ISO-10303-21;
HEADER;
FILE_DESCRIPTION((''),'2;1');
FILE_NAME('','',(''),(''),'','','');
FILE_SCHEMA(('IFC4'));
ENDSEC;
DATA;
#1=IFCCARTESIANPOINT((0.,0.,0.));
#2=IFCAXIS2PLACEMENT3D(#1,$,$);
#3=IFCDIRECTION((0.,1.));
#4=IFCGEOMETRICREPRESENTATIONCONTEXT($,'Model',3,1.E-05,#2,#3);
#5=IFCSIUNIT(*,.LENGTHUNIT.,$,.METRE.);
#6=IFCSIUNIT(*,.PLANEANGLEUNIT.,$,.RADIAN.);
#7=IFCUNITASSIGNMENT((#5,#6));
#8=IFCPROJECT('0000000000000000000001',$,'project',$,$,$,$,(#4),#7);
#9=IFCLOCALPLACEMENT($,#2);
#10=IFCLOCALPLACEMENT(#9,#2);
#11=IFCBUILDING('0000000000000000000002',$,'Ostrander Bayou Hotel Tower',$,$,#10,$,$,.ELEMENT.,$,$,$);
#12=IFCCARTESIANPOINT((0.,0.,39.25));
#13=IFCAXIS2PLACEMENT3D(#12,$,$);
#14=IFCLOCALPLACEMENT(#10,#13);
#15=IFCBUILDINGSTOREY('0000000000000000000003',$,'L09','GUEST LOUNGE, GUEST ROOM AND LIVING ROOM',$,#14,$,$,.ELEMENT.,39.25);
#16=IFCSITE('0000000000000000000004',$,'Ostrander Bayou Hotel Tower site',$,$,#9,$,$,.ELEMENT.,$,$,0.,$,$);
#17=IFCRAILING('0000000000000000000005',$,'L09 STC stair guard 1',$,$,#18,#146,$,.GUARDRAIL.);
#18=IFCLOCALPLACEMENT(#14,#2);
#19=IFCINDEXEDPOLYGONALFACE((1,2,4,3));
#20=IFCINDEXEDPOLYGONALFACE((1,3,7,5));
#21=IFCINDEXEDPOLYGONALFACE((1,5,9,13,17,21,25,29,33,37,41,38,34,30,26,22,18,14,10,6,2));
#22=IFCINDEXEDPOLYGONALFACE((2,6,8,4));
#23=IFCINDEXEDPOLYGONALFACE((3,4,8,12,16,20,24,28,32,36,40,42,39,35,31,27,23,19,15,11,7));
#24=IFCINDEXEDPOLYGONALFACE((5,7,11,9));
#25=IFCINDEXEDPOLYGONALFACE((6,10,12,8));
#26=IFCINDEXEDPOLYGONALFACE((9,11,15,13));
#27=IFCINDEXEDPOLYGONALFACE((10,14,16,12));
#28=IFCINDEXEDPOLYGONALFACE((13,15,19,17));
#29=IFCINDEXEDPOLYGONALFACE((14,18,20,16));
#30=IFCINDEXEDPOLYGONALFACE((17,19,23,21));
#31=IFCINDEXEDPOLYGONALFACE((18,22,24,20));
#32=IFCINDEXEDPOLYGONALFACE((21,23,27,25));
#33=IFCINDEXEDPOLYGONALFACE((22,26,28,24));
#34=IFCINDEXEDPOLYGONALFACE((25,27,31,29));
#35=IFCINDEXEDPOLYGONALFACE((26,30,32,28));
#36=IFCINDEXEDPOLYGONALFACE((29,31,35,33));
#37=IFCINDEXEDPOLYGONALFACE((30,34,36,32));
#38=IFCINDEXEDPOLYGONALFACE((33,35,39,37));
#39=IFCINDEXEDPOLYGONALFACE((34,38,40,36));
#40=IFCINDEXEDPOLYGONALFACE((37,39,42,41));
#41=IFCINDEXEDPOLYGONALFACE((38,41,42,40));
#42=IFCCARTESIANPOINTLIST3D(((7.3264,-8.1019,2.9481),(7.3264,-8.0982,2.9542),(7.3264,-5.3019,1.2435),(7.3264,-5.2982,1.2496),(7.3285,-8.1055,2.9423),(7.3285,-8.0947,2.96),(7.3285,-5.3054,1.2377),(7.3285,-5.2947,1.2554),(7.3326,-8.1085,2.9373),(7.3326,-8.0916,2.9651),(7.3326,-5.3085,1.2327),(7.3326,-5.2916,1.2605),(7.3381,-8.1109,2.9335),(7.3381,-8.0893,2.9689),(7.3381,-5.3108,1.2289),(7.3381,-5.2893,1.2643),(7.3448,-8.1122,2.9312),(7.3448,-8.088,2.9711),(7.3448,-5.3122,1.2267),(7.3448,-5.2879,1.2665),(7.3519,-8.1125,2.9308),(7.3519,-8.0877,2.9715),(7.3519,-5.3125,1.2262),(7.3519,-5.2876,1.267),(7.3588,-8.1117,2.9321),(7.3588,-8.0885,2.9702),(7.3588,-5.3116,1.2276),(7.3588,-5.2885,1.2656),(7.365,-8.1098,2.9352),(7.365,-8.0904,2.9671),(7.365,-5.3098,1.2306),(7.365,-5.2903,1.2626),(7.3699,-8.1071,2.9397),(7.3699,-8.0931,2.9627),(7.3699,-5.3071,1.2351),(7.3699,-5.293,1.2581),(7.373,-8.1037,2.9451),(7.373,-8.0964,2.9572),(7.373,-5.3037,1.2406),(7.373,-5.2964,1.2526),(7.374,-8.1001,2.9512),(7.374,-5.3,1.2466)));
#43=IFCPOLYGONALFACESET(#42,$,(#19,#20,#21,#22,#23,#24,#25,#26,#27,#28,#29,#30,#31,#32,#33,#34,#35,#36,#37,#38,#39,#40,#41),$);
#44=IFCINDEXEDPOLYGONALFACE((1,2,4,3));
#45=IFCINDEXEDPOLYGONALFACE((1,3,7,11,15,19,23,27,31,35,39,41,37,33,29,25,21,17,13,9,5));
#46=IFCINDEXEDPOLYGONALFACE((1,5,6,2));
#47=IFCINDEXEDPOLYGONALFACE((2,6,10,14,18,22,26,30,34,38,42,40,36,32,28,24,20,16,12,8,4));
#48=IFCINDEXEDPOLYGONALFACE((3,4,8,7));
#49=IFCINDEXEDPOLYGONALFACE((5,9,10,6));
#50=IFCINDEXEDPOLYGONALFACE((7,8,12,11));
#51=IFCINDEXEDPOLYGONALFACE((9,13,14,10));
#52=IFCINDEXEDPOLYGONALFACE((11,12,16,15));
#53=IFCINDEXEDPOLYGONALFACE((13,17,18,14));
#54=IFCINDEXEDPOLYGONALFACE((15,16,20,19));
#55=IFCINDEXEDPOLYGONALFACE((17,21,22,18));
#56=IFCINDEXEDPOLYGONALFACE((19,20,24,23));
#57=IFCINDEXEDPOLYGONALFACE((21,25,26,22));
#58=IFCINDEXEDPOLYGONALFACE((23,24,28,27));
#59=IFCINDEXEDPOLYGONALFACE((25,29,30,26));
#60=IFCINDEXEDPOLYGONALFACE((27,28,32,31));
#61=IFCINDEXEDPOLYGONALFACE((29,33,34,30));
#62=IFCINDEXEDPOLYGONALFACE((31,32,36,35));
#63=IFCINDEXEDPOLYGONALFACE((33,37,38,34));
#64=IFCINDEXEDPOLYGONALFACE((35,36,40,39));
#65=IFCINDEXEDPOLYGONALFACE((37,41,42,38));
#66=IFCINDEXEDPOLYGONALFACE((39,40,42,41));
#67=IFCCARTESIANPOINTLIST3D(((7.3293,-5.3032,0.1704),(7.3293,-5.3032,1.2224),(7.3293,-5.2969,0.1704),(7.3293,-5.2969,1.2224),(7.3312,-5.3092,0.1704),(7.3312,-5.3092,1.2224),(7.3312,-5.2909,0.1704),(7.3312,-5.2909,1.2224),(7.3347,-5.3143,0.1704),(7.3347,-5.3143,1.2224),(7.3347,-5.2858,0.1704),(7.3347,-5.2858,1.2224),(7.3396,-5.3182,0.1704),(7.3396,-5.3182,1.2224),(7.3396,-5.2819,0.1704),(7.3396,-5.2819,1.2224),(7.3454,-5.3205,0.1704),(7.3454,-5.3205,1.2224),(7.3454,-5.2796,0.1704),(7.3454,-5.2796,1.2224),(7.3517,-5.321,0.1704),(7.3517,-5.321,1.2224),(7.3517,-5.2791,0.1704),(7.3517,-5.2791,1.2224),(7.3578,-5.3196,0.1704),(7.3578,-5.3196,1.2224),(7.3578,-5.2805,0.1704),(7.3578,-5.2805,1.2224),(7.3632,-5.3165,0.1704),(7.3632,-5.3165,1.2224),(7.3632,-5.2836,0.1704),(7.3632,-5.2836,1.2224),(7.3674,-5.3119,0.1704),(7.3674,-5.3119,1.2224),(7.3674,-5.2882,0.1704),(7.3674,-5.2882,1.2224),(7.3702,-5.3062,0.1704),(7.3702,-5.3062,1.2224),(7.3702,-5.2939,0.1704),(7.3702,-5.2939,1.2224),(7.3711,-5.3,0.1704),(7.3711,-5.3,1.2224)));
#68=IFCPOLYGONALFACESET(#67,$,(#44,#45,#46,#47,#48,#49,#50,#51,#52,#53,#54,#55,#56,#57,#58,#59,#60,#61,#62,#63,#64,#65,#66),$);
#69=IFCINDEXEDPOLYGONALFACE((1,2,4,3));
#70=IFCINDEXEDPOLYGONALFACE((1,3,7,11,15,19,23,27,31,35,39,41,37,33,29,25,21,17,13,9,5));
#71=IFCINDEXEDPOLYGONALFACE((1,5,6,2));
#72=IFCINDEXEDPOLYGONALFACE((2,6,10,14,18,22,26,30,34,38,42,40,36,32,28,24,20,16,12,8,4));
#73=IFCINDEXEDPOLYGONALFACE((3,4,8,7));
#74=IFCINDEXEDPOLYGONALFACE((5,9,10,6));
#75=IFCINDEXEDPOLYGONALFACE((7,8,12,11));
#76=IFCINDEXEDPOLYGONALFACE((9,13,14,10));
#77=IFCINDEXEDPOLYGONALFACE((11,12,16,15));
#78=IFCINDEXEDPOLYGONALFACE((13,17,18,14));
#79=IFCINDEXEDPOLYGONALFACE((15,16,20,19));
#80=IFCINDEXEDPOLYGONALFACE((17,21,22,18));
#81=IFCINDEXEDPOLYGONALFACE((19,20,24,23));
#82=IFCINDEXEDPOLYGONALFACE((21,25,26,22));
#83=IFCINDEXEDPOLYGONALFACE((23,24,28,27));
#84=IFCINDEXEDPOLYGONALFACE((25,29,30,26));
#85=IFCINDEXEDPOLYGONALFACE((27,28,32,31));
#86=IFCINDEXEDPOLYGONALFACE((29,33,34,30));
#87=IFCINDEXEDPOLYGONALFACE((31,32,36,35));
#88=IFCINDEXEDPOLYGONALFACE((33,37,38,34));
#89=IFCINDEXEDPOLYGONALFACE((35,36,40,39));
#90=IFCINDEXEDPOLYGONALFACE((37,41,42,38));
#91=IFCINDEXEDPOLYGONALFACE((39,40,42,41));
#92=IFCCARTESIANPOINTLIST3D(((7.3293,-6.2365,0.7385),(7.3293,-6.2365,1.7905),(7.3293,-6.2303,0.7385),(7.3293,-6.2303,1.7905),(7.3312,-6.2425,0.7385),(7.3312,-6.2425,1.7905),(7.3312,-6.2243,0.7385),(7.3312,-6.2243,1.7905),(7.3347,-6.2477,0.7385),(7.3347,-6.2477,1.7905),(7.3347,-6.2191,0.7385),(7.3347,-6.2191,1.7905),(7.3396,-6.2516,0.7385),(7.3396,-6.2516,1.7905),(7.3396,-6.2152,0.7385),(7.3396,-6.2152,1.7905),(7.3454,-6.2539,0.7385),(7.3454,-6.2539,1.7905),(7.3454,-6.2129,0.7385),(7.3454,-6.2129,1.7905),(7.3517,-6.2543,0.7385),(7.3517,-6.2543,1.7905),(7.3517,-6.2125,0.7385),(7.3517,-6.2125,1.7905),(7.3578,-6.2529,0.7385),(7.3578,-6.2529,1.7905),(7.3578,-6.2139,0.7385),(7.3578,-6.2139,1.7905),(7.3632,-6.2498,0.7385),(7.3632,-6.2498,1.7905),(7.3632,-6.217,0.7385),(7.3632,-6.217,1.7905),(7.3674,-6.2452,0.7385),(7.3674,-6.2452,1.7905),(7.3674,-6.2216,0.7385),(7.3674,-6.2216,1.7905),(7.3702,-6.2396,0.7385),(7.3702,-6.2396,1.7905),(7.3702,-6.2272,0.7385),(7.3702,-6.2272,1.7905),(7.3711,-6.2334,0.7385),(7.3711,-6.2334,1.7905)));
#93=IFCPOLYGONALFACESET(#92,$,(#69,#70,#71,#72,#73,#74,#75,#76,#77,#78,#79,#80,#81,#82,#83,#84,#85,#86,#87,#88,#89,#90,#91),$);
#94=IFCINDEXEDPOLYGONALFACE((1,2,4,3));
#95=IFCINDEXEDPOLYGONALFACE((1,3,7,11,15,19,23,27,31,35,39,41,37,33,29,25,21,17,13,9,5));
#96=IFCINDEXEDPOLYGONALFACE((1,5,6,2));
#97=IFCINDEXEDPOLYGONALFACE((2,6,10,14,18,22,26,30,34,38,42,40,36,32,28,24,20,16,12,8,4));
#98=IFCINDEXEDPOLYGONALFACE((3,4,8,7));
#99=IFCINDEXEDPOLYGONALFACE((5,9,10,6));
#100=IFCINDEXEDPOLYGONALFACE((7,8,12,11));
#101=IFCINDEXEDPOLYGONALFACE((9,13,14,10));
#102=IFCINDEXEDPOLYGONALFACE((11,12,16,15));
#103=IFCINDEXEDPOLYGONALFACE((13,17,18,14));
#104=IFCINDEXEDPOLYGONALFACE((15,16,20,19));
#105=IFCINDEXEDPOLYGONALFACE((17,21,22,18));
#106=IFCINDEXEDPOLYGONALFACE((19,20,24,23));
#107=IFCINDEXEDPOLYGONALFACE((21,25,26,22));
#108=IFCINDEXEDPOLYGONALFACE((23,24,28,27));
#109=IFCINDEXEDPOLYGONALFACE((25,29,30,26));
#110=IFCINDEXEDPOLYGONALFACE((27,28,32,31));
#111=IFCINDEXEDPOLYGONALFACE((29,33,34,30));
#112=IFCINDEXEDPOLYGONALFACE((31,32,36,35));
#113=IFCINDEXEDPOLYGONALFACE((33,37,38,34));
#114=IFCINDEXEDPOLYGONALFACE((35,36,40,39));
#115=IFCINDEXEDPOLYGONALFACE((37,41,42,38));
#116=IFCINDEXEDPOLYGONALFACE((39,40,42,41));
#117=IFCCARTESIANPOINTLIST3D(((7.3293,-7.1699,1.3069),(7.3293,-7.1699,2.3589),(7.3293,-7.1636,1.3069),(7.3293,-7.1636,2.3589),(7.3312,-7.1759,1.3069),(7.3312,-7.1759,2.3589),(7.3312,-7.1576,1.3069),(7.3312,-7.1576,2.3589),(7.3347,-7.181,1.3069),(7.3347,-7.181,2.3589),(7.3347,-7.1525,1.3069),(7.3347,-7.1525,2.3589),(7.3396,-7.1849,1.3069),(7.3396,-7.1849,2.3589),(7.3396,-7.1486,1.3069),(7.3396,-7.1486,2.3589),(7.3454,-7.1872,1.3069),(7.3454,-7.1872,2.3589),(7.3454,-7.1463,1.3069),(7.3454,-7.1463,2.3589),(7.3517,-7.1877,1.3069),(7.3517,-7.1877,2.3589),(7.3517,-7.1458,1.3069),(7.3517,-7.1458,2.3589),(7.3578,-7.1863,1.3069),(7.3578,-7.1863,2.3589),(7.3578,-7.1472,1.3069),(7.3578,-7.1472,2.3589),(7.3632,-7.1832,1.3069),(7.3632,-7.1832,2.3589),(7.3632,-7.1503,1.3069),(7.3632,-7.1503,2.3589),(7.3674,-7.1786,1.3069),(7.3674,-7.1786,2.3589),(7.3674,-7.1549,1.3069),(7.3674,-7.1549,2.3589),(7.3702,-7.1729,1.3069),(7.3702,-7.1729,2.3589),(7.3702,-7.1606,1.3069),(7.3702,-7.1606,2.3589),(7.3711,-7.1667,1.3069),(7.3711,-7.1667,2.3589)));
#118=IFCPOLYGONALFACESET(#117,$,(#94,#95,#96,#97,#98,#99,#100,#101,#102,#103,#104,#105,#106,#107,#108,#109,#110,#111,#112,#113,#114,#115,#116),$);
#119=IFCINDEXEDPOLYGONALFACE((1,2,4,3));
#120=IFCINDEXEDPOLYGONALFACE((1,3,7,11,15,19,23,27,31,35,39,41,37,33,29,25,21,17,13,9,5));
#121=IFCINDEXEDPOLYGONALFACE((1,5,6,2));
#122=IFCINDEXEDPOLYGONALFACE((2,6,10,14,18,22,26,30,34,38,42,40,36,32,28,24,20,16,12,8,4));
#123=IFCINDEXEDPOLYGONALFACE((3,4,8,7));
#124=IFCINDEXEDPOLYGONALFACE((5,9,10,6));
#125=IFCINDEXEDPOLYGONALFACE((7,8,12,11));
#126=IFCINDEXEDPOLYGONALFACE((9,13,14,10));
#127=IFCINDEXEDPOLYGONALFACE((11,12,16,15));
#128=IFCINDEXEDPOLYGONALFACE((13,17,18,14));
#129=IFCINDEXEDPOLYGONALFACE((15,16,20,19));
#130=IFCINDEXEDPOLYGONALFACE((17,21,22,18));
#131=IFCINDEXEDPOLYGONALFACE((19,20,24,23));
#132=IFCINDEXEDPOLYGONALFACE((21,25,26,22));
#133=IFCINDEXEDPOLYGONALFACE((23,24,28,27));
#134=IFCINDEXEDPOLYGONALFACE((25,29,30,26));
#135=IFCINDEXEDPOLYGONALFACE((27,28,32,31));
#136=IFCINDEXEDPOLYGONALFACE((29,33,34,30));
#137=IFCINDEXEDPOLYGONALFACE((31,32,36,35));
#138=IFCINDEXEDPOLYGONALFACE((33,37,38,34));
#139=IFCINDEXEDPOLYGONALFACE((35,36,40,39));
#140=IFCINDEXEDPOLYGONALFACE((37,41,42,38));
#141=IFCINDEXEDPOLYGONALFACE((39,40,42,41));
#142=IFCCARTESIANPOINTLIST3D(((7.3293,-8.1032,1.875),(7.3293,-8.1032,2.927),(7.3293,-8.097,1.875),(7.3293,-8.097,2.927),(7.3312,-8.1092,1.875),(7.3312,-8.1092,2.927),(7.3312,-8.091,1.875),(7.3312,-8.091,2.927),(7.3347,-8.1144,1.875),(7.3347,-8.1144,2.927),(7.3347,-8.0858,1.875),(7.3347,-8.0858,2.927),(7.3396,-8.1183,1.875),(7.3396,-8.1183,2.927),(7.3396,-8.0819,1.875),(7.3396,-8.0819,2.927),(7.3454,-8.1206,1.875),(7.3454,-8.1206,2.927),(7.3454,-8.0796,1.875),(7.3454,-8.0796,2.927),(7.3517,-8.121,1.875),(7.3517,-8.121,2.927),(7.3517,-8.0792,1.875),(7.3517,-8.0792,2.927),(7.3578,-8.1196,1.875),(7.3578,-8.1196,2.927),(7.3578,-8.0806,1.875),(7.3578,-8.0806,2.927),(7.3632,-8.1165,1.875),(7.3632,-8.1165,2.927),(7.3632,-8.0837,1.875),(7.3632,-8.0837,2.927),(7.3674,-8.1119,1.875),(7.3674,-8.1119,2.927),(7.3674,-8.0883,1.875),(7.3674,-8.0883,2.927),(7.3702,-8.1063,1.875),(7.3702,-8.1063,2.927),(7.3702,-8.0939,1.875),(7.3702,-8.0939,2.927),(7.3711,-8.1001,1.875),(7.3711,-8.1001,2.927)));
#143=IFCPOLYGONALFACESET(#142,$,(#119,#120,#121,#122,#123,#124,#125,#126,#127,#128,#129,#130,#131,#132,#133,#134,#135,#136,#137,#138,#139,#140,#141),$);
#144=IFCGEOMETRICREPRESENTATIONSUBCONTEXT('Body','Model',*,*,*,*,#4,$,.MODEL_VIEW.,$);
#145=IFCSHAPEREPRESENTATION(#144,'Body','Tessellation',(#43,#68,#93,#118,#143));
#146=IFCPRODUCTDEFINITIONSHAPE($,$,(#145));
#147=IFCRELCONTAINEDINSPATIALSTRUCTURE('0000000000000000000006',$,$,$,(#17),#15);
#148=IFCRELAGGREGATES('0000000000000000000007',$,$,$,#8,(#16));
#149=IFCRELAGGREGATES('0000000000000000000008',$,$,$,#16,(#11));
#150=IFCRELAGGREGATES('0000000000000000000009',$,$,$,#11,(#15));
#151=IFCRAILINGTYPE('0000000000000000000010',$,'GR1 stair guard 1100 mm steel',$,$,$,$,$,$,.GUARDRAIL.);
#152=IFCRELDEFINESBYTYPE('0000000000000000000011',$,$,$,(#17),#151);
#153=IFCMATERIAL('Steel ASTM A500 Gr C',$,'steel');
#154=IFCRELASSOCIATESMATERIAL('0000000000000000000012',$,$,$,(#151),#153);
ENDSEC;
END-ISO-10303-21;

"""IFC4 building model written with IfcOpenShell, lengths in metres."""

from ifc_helpers import new_model, si_unit, direction, frame, origin, origin_2d, place, context, subcontext, project, spatial, circle, extrude, material, type_object, element, save


model = new_model("IFC4")

# Units and contexts
model_context = context("Model", 3, precision=1e-05, world=origin(), true_north=direction((0.0, 1.0)))
body_context = subcontext(model_context, "Body", "Model", "MODEL_VIEW")
ifc_project = project(units=[si_unit("LENGTHUNIT", "METRE"), si_unit("PLANEANGLEUNIT", "RADIAN")], contexts=[model_context])

# Site, building, storey
site_placement = place(None, origin())
site = spatial("IfcSite", under=ifc_project, at=site_placement, Name="Ostrander Bayou Hotel Tower site", CompositionType="ELEMENT", RefElevation=0.0)
building_placement = place(site_placement, origin())
building = spatial("IfcBuilding", under=site, at=building_placement, Name="Ostrander Bayou Hotel Tower", CompositionType="ELEMENT")
storey_placement = place(building_placement, frame((0.0, 0.0, 39.25)))
storey = spatial("IfcBuildingStorey", under=building, at=storey_placement, Name="L09", Description="GUEST LOUNGE, GUEST ROOM AND LIVING ROOM", CompositionType="ELEMENT", Elevation=39.25)

# Railing
ifc_material_1 = material(Name="Steel ASTM A500 Gr C", Category="steel")
railing_type_1 = type_object("IfcRailingType", Name="GR1 stair guard 1100 mm steel", PredefinedType="GUARDRAIL", material=ifc_material_1)
railing_1_placement = place(storey_placement, frame((7.3501, -5.3, 0.1704)))
element("IfcRailing", 1, at=railing_1_placement, inside=storey, type_object=railing_type_1, Name="L09 STC stair guard 1", PredefinedType="GUARDRAIL", context=body_context, shape_type="SweptSolid", body=[
    extrude(circle(Radius=0.0239, at=origin_2d()), frame((0.0, 0.0, 1.0762), z_axis=(0.0, -0.85417, 0.519994), x_axis=(1.0, 0.0, 0.0)), (0.0, 0.0, 1.0), 3.2781),
    extrude(circle(Radius=0.021, at=origin_2d()), origin(), (0.0, 0.0, 1.0), 1.052),
    extrude(circle(Radius=0.021, at=origin_2d()), frame((0.0, -0.9333, 0.5681)), (0.0, 0.0, 1.0), 1.052),
    extrude(circle(Radius=0.021, at=origin_2d()), frame((0.0, -1.8667, 1.1365)), (0.0, 0.0, 1.0), 1.052),
    extrude(circle(Radius=0.021, at=origin_2d()), frame((0.0, -2.8, 1.7046)), (0.0, 0.0, 1.0), 1.052),
])

save(model, "model.ifc")
